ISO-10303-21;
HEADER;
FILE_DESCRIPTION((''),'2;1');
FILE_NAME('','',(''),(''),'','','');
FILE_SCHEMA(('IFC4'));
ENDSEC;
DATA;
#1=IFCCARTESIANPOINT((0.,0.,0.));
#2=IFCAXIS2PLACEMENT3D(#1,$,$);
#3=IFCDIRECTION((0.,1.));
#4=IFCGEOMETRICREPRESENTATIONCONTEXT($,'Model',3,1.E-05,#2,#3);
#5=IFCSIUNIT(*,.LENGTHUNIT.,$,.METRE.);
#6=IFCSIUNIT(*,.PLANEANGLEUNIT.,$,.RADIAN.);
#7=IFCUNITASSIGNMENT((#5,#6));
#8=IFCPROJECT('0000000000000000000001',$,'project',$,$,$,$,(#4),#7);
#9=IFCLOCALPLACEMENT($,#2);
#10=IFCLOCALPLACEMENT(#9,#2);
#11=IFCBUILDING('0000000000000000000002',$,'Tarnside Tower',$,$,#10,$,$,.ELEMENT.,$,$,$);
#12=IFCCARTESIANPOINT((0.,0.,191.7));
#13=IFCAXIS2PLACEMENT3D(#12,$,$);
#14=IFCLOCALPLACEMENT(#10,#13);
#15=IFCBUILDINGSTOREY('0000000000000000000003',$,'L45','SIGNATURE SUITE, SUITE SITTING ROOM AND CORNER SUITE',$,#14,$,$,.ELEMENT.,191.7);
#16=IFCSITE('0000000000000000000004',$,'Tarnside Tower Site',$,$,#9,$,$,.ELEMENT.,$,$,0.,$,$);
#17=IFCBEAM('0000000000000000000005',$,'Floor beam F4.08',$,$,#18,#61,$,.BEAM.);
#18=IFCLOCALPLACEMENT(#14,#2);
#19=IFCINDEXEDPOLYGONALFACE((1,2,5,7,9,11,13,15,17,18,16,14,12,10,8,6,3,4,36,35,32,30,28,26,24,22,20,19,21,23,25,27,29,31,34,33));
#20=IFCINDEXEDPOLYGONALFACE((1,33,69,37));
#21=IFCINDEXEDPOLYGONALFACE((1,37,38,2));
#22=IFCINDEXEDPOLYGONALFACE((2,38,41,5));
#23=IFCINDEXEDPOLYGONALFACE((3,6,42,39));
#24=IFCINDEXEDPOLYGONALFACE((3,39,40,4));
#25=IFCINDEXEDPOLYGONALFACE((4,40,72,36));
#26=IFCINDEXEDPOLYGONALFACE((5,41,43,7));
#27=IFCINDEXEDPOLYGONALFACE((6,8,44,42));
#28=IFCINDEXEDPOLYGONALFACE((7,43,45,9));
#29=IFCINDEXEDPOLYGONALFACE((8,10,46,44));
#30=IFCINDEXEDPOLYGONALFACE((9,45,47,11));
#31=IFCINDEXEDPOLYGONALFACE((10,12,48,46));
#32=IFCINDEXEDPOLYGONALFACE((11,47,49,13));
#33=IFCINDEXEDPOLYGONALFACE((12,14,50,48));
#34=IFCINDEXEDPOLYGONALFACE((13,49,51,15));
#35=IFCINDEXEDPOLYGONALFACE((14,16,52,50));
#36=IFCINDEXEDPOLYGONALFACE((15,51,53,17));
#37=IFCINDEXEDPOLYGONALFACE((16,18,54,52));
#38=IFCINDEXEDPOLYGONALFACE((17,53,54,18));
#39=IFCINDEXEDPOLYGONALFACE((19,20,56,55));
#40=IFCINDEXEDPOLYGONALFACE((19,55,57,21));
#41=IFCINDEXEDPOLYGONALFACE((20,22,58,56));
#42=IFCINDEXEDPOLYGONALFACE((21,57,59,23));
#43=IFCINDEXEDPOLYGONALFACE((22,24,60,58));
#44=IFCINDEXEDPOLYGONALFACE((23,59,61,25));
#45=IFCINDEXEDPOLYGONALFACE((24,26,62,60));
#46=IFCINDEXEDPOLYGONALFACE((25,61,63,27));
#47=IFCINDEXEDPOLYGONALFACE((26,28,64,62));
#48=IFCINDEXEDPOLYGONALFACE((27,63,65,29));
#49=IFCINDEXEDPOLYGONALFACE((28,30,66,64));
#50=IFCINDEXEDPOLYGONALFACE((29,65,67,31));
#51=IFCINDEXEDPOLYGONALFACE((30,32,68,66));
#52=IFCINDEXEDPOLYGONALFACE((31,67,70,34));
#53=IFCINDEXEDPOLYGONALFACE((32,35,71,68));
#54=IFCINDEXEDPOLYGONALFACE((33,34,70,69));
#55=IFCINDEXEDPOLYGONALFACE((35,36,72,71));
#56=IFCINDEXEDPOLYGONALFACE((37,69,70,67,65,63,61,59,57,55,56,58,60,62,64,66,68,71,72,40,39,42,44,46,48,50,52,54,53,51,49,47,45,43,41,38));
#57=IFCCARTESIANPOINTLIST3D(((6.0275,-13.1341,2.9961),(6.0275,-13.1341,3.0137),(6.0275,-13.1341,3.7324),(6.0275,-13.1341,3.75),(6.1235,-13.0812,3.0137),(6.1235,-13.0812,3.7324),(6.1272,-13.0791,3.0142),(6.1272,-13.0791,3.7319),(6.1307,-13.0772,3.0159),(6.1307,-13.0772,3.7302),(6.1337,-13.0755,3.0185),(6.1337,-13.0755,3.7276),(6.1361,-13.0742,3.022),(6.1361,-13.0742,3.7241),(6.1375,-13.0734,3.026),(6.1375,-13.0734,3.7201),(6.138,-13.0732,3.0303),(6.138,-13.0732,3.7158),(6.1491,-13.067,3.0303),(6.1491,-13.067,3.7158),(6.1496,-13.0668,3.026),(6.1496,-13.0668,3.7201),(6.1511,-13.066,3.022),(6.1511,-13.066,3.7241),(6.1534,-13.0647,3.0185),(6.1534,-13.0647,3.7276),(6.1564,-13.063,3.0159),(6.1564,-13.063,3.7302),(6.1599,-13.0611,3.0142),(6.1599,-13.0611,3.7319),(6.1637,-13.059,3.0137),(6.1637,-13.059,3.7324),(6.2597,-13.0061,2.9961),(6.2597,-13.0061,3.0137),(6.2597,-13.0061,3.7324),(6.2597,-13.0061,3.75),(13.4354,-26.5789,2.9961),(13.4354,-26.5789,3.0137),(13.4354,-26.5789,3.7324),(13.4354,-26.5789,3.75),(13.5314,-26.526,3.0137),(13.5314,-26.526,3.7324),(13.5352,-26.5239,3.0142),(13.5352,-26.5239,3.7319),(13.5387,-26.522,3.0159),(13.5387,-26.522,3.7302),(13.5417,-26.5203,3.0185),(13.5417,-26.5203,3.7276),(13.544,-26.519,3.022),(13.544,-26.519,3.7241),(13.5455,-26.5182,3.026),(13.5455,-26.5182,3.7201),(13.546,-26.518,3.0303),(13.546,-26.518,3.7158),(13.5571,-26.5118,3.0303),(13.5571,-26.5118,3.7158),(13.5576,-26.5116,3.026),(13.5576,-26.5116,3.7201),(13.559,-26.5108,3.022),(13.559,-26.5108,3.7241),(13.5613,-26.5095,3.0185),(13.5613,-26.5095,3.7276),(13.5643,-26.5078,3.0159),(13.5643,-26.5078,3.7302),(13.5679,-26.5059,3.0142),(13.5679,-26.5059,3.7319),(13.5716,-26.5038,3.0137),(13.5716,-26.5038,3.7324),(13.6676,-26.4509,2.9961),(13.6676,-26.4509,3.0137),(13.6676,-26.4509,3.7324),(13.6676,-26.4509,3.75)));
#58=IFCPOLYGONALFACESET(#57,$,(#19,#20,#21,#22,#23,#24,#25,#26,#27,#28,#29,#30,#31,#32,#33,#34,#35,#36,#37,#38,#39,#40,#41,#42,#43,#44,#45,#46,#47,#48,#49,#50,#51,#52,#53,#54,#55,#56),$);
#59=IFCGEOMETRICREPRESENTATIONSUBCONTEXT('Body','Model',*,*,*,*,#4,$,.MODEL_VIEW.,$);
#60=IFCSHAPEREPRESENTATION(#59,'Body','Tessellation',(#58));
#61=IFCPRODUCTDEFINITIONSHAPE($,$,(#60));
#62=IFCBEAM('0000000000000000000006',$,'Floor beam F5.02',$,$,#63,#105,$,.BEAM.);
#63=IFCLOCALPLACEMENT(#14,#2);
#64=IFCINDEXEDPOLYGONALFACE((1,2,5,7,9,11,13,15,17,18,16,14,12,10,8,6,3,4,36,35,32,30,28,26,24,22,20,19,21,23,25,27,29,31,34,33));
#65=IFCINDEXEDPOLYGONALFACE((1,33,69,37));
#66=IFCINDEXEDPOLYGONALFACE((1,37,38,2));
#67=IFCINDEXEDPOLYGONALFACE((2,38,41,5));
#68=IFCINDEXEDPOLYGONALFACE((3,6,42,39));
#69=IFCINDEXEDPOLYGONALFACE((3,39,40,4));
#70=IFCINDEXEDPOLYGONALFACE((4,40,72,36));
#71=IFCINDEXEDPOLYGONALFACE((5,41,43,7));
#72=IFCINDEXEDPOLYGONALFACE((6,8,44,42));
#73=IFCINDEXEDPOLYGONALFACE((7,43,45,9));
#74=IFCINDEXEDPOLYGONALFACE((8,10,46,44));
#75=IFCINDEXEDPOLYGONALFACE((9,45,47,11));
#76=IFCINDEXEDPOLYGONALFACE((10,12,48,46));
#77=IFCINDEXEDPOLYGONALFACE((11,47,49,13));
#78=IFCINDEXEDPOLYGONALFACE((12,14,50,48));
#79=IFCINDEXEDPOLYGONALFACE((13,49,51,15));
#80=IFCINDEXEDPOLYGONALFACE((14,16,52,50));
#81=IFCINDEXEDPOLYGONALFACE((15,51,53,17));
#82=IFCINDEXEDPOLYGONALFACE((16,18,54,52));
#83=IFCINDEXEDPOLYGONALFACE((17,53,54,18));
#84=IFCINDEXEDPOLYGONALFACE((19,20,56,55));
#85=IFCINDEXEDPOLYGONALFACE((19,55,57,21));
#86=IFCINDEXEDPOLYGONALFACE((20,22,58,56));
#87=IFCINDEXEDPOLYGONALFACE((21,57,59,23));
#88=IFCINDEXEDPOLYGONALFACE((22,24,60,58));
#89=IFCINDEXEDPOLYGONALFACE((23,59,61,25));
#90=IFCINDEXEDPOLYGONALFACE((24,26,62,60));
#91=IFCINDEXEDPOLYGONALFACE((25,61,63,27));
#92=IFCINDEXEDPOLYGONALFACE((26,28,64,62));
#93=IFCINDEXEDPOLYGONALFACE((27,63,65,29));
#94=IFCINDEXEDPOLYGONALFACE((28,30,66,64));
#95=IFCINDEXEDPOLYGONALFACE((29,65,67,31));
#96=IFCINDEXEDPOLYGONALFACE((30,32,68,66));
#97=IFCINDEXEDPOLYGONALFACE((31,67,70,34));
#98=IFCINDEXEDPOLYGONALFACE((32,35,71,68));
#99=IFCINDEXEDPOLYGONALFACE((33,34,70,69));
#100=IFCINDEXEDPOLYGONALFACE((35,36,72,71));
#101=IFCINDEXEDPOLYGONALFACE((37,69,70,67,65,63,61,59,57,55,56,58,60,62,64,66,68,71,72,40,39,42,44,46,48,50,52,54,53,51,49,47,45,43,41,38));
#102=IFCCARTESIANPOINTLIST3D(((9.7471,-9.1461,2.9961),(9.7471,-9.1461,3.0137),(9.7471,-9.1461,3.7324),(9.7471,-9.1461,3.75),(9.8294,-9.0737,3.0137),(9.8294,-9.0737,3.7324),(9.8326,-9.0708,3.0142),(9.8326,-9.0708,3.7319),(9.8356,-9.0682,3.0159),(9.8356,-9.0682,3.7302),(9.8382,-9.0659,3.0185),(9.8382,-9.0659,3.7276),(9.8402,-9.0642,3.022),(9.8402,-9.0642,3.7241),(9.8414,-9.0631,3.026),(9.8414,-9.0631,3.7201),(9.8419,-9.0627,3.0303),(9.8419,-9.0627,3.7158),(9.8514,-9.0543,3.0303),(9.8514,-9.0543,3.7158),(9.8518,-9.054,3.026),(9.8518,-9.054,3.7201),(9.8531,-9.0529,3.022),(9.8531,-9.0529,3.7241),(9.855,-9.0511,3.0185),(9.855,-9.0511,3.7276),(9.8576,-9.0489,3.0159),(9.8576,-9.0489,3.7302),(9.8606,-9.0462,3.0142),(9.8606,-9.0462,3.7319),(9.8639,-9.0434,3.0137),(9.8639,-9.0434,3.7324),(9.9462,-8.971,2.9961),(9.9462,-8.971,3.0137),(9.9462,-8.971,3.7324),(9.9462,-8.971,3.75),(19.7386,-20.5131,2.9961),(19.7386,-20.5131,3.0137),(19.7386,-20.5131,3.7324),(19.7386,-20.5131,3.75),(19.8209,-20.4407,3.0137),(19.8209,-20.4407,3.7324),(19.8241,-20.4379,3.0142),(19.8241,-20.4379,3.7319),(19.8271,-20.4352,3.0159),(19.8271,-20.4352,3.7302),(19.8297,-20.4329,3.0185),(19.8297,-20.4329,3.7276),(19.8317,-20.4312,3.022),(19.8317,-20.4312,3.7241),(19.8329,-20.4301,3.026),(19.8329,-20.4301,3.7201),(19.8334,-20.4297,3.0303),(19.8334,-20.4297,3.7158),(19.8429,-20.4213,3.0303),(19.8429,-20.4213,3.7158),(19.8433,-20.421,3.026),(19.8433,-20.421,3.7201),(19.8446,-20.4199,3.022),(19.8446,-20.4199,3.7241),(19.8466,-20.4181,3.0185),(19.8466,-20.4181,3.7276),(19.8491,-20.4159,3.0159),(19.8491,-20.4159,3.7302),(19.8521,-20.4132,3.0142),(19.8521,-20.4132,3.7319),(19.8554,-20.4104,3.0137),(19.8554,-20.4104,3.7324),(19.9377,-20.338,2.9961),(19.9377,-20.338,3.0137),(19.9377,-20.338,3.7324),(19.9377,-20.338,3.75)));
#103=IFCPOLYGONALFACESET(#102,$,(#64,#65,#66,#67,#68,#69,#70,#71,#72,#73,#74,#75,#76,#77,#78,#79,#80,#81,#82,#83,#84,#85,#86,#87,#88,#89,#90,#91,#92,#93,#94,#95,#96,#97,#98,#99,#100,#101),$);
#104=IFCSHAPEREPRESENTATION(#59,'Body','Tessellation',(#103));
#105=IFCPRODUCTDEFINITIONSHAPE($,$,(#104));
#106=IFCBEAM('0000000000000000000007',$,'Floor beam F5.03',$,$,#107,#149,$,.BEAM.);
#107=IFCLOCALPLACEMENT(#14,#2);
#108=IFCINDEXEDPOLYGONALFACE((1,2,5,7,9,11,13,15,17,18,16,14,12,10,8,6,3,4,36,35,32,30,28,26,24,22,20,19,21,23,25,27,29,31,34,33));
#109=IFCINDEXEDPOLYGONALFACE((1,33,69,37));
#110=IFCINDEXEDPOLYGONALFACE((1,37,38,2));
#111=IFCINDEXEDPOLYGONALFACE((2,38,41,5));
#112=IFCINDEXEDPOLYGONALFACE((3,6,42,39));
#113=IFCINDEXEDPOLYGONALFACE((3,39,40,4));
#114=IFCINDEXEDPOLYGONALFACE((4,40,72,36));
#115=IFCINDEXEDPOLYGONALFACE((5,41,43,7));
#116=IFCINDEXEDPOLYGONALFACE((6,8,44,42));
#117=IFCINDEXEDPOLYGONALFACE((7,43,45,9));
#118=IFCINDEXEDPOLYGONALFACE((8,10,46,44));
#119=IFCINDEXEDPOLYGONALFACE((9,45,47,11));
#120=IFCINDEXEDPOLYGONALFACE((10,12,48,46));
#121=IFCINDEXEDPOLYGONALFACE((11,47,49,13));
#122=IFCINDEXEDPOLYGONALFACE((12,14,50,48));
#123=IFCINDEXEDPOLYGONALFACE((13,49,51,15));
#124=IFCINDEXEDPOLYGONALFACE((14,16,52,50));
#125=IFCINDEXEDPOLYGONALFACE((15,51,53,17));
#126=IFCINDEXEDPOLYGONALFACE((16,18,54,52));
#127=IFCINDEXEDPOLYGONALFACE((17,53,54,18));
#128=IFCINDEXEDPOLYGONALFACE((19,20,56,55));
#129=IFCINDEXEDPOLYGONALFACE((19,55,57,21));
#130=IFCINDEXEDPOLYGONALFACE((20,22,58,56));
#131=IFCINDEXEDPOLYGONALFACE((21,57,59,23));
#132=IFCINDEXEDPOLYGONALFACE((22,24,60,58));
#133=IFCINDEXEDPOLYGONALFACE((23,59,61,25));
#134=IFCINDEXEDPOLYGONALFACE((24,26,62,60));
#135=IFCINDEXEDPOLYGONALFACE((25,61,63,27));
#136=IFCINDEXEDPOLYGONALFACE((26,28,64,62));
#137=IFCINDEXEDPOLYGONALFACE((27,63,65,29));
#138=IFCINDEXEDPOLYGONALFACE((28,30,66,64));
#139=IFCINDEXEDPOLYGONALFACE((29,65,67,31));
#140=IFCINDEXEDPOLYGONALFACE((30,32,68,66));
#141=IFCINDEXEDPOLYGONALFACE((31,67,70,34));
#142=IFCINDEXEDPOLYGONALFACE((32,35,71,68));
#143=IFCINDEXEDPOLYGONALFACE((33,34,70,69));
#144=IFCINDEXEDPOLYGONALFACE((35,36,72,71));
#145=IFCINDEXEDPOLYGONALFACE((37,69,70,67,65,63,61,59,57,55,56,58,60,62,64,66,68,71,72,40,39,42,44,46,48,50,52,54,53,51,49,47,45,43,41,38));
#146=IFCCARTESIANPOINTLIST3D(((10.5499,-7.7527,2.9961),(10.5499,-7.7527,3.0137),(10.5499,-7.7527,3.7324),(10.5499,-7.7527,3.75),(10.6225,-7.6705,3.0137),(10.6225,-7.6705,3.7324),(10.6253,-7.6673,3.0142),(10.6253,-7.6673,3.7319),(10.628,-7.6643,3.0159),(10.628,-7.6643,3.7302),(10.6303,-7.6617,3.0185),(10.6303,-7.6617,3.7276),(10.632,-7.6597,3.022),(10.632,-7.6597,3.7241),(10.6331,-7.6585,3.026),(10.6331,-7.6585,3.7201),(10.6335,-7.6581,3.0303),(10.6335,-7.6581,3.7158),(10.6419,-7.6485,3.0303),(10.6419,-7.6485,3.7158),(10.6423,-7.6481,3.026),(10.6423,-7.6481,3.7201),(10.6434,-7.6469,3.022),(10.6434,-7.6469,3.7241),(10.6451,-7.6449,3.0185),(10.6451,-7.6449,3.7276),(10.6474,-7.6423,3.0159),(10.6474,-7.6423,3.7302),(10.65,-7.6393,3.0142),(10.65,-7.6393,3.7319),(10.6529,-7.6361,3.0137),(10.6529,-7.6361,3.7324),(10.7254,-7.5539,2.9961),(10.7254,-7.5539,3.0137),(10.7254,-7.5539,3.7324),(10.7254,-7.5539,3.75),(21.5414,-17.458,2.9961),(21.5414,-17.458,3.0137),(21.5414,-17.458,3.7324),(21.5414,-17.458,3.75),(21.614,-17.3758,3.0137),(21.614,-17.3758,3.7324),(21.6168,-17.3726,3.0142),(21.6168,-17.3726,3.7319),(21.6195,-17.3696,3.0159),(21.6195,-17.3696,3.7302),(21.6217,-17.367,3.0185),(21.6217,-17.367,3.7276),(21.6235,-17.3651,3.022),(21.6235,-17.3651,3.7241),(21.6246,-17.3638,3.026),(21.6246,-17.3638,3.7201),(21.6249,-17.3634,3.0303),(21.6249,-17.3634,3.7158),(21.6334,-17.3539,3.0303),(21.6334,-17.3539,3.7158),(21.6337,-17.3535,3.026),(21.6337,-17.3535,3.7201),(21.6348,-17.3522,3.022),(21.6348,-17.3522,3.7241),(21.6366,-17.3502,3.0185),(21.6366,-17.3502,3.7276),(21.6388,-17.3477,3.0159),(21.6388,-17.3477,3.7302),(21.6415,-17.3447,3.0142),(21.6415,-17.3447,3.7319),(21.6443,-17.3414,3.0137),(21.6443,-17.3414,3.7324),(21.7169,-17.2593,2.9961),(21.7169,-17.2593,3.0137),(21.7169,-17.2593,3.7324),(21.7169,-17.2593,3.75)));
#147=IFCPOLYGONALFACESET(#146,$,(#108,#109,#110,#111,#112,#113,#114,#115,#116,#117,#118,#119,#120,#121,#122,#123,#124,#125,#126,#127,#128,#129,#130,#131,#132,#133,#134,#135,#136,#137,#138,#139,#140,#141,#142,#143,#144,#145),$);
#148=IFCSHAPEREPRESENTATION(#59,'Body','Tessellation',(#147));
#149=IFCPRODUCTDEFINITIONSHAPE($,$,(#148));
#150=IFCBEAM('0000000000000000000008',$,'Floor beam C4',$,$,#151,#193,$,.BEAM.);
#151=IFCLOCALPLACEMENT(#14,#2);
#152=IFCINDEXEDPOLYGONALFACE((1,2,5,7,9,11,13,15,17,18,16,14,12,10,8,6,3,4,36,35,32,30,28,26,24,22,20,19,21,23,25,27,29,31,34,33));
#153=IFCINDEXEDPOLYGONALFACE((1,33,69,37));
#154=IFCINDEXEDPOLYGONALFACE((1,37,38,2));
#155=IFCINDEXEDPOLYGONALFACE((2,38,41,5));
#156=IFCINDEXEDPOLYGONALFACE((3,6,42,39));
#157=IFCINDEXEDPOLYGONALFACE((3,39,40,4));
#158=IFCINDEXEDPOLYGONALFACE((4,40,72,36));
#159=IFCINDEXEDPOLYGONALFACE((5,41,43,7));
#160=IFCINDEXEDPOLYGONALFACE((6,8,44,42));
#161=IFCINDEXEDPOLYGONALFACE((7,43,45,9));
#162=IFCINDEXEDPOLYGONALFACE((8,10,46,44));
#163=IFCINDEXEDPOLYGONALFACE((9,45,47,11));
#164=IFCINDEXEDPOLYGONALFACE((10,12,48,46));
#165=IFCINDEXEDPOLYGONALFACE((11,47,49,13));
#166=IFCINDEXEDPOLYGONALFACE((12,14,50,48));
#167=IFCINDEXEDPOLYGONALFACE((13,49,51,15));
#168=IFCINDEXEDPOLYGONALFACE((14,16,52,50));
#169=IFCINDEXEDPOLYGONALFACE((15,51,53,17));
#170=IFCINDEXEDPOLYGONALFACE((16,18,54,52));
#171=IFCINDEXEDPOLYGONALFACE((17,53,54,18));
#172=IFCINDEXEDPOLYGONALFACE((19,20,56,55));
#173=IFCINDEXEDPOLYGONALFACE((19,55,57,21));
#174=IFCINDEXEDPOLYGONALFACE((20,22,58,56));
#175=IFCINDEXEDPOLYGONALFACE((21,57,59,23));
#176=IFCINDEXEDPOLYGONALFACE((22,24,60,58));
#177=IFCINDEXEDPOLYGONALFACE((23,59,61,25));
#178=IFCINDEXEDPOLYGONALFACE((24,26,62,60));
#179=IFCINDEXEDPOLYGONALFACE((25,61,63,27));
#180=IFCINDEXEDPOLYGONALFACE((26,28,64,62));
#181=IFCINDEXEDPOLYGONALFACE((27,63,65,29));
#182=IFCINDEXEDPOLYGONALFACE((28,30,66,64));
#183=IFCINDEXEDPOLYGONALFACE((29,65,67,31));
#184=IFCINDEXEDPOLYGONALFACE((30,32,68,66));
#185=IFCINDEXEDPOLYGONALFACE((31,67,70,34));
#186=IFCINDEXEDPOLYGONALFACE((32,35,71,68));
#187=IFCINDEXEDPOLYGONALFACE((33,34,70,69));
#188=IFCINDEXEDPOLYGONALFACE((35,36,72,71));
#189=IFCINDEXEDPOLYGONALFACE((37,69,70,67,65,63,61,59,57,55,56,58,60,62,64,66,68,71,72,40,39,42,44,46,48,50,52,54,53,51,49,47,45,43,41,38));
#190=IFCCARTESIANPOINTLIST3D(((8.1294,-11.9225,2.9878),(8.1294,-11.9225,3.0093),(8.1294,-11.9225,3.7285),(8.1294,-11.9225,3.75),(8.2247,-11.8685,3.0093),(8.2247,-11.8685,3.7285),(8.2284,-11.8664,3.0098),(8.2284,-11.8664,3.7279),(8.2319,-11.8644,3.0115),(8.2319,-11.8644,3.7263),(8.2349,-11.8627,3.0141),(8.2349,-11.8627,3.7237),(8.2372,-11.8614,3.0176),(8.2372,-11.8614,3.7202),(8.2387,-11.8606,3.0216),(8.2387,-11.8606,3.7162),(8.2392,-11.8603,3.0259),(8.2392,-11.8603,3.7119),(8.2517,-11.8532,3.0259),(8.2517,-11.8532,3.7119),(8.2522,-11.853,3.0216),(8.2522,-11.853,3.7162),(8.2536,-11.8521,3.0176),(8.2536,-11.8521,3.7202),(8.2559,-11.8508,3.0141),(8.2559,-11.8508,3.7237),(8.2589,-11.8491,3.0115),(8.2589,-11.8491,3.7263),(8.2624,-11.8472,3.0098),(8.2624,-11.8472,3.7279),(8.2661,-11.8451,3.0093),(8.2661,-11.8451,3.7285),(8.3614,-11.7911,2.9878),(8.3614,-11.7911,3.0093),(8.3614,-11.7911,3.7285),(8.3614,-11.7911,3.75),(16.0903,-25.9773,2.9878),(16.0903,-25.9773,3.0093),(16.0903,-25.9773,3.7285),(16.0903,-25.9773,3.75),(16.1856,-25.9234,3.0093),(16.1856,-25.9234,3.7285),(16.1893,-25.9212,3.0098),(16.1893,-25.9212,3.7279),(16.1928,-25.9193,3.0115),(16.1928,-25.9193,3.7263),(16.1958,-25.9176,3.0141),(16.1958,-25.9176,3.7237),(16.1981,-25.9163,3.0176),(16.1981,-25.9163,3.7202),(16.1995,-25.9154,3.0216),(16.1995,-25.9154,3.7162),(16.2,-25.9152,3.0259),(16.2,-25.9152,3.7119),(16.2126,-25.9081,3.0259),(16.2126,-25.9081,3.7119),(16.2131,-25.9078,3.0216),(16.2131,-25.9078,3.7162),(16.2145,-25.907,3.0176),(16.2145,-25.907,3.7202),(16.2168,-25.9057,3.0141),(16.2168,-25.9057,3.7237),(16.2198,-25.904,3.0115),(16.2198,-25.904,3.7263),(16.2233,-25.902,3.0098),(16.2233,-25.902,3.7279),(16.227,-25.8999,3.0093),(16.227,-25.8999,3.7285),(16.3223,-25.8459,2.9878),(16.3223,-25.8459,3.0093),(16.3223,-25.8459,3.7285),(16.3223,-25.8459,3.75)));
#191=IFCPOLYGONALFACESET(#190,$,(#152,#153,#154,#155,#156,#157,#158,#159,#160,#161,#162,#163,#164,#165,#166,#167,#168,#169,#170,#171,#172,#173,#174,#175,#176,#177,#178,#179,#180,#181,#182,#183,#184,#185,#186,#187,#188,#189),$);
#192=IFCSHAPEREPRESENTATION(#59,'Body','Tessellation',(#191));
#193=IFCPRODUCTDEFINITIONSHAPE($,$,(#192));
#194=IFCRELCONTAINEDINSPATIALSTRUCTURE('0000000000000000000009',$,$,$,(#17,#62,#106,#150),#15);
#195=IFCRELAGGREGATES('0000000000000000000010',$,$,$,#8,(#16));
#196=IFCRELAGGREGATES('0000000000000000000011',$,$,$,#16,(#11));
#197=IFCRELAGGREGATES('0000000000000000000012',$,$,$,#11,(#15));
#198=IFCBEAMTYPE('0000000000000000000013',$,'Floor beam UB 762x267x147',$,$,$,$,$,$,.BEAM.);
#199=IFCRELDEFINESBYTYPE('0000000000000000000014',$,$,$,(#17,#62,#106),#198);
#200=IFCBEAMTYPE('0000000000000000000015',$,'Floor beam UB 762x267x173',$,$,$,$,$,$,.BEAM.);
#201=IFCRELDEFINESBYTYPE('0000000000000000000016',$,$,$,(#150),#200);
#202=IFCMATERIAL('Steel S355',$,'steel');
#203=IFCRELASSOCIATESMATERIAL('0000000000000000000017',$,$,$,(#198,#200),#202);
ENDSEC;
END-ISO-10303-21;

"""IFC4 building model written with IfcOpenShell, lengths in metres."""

from ifc_helpers import new_model, si_unit, direction, frame, origin, origin_2d, place, context, subcontext, project, spatial, i_section, extrude, material, material_profile, profile_set, type_object, element, save


model = new_model("IFC4")

# Units and contexts
model_context = context("Model", 3, precision=1e-05, world=origin(), true_north=direction((0.0, 1.0)))
body_context = subcontext(model_context, "Body", "Model", "MODEL_VIEW")
ifc_project = project(units=[si_unit("LENGTHUNIT", "METRE"), si_unit("PLANEANGLEUNIT", "RADIAN")], contexts=[model_context])

# Site, building, storey
site_placement = place(None, origin())
site = spatial("IfcSite", under=ifc_project, at=site_placement, Name="Tarnside Tower Site", CompositionType="ELEMENT", RefElevation=0.0)
building_placement = place(site_placement, origin())
building = spatial("IfcBuilding", under=site, at=building_placement, Name="Tarnside Tower", CompositionType="ELEMENT")
storey_placement = place(building_placement, frame((0.0, 0.0, 191.7)))
storey = spatial("IfcBuildingStorey", under=building, at=storey_placement, Name="L45", Description="SIGNATURE SUITE, SUITE SITTING ROOM AND CORNER SUITE", CompositionType="ELEMENT", Elevation=191.7)

# Beams
ifc_material_1 = material(Name="Steel S355", Category="steel")
ifc_material_profile_1 = material_profile(ifc_material_1, i_section(OverallWidth=0.2651, OverallDepth=0.7539, WebThickness=0.0127, FlangeThickness=0.0176, FilletRadius=0.0166, at=origin_2d()), Name="UB 762x267x147")
ifc_profile_set_1 = profile_set([ifc_material_profile_1], Name="Steel S355")
beam_type_1 = type_object("IfcBeamType", Name="Floor beam UB 762x267x147", PredefinedType="BEAM", material=ifc_profile_set_1)
beam_1_placement = place(storey_placement, frame((13.5515, -26.5149, 3.373), z_axis=(-0.482584, 0.87585, 0.0), x_axis=(-0.87585, -0.482584, 0.0)))
element("IfcBeam", 1, at=beam_1_placement, inside=storey, type_object=beam_type_1, Name="Floor beam F4.08", PredefinedType="BEAM", context=body_context, shape_type="SweptSolid", body=[
    extrude(i_section(OverallWidth=0.2651, OverallDepth=0.7539, WebThickness=0.0127, FlangeThickness=0.0176, FilletRadius=0.0166, at=origin_2d()), origin(), (0.0, 0.0, 1.0), 15.3506),
])
beam_2_placement = place(storey_placement, frame((19.8381, -20.4255, 3.373), z_axis=(-0.660201, 0.751089, 0.0), x_axis=(-0.751089, -0.660201, 0.0)))
element("IfcBeam", 2, at=beam_2_placement, inside=storey, type_object=beam_type_1, Name="Floor beam F5.02", PredefinedType="BEAM", context=body_context, shape_type="SweptSolid", body=[
    extrude(i_section(OverallWidth=0.2651, OverallDepth=0.7539, WebThickness=0.0127, FlangeThickness=0.0176, FilletRadius=0.0166, at=origin_2d()), origin(), (0.0, 0.0, 1.0), 15.134),
])
beam_3_placement = place(storey_placement, frame((21.6292, -17.3586, 3.373), z_axis=(-0.749602, 0.661889, 0.0), x_axis=(-0.661889, -0.749602, 0.0)))
element("IfcBeam", 3, at=beam_3_placement, inside=storey, type_object=beam_type_1, Name="Floor beam F5.03", PredefinedType="BEAM", context=body_context, shape_type="SweptSolid", body=[
    extrude(i_section(OverallWidth=0.2651, OverallDepth=0.7539, WebThickness=0.0127, FlangeThickness=0.0176, FilletRadius=0.0166, at=origin_2d()), origin(), (0.0, 0.0, 1.0), 14.6631),
])
ifc_material_profile_2 = material_profile(ifc_material_1, i_section(OverallWidth=0.2666, OverallDepth=0.7622, WebThickness=0.0144, FlangeThickness=0.0215, FilletRadius=0.0166, at=origin_2d()), Name="UB 762x267x173")
ifc_profile_set_2 = profile_set([ifc_material_profile_2], Name="Steel S355")
beam_type_2 = type_object("IfcBeamType", Name="Floor beam UB 762x267x173", PredefinedType="BEAM", material=ifc_profile_set_2)
beam_4_placement = place(storey_placement, frame((16.2063, -25.9116, 3.3689), z_axis=(-0.492847, 0.870116, 0.0), x_axis=(-0.870116, -0.492847, 0.0)))
element("IfcBeam", 4, at=beam_4_placement, inside=storey, type_object=beam_type_2, Name="Floor beam C4", PredefinedType="BEAM", context=body_context, shape_type="SweptSolid", body=[
    extrude(i_section(OverallWidth=0.2666, OverallDepth=0.7622, WebThickness=0.0144, FlangeThickness=0.0215, FilletRadius=0.0166, at=origin_2d()), origin(), (0.0, 0.0, 1.0), 16.1528),
])

save(model, "model.ifc")
